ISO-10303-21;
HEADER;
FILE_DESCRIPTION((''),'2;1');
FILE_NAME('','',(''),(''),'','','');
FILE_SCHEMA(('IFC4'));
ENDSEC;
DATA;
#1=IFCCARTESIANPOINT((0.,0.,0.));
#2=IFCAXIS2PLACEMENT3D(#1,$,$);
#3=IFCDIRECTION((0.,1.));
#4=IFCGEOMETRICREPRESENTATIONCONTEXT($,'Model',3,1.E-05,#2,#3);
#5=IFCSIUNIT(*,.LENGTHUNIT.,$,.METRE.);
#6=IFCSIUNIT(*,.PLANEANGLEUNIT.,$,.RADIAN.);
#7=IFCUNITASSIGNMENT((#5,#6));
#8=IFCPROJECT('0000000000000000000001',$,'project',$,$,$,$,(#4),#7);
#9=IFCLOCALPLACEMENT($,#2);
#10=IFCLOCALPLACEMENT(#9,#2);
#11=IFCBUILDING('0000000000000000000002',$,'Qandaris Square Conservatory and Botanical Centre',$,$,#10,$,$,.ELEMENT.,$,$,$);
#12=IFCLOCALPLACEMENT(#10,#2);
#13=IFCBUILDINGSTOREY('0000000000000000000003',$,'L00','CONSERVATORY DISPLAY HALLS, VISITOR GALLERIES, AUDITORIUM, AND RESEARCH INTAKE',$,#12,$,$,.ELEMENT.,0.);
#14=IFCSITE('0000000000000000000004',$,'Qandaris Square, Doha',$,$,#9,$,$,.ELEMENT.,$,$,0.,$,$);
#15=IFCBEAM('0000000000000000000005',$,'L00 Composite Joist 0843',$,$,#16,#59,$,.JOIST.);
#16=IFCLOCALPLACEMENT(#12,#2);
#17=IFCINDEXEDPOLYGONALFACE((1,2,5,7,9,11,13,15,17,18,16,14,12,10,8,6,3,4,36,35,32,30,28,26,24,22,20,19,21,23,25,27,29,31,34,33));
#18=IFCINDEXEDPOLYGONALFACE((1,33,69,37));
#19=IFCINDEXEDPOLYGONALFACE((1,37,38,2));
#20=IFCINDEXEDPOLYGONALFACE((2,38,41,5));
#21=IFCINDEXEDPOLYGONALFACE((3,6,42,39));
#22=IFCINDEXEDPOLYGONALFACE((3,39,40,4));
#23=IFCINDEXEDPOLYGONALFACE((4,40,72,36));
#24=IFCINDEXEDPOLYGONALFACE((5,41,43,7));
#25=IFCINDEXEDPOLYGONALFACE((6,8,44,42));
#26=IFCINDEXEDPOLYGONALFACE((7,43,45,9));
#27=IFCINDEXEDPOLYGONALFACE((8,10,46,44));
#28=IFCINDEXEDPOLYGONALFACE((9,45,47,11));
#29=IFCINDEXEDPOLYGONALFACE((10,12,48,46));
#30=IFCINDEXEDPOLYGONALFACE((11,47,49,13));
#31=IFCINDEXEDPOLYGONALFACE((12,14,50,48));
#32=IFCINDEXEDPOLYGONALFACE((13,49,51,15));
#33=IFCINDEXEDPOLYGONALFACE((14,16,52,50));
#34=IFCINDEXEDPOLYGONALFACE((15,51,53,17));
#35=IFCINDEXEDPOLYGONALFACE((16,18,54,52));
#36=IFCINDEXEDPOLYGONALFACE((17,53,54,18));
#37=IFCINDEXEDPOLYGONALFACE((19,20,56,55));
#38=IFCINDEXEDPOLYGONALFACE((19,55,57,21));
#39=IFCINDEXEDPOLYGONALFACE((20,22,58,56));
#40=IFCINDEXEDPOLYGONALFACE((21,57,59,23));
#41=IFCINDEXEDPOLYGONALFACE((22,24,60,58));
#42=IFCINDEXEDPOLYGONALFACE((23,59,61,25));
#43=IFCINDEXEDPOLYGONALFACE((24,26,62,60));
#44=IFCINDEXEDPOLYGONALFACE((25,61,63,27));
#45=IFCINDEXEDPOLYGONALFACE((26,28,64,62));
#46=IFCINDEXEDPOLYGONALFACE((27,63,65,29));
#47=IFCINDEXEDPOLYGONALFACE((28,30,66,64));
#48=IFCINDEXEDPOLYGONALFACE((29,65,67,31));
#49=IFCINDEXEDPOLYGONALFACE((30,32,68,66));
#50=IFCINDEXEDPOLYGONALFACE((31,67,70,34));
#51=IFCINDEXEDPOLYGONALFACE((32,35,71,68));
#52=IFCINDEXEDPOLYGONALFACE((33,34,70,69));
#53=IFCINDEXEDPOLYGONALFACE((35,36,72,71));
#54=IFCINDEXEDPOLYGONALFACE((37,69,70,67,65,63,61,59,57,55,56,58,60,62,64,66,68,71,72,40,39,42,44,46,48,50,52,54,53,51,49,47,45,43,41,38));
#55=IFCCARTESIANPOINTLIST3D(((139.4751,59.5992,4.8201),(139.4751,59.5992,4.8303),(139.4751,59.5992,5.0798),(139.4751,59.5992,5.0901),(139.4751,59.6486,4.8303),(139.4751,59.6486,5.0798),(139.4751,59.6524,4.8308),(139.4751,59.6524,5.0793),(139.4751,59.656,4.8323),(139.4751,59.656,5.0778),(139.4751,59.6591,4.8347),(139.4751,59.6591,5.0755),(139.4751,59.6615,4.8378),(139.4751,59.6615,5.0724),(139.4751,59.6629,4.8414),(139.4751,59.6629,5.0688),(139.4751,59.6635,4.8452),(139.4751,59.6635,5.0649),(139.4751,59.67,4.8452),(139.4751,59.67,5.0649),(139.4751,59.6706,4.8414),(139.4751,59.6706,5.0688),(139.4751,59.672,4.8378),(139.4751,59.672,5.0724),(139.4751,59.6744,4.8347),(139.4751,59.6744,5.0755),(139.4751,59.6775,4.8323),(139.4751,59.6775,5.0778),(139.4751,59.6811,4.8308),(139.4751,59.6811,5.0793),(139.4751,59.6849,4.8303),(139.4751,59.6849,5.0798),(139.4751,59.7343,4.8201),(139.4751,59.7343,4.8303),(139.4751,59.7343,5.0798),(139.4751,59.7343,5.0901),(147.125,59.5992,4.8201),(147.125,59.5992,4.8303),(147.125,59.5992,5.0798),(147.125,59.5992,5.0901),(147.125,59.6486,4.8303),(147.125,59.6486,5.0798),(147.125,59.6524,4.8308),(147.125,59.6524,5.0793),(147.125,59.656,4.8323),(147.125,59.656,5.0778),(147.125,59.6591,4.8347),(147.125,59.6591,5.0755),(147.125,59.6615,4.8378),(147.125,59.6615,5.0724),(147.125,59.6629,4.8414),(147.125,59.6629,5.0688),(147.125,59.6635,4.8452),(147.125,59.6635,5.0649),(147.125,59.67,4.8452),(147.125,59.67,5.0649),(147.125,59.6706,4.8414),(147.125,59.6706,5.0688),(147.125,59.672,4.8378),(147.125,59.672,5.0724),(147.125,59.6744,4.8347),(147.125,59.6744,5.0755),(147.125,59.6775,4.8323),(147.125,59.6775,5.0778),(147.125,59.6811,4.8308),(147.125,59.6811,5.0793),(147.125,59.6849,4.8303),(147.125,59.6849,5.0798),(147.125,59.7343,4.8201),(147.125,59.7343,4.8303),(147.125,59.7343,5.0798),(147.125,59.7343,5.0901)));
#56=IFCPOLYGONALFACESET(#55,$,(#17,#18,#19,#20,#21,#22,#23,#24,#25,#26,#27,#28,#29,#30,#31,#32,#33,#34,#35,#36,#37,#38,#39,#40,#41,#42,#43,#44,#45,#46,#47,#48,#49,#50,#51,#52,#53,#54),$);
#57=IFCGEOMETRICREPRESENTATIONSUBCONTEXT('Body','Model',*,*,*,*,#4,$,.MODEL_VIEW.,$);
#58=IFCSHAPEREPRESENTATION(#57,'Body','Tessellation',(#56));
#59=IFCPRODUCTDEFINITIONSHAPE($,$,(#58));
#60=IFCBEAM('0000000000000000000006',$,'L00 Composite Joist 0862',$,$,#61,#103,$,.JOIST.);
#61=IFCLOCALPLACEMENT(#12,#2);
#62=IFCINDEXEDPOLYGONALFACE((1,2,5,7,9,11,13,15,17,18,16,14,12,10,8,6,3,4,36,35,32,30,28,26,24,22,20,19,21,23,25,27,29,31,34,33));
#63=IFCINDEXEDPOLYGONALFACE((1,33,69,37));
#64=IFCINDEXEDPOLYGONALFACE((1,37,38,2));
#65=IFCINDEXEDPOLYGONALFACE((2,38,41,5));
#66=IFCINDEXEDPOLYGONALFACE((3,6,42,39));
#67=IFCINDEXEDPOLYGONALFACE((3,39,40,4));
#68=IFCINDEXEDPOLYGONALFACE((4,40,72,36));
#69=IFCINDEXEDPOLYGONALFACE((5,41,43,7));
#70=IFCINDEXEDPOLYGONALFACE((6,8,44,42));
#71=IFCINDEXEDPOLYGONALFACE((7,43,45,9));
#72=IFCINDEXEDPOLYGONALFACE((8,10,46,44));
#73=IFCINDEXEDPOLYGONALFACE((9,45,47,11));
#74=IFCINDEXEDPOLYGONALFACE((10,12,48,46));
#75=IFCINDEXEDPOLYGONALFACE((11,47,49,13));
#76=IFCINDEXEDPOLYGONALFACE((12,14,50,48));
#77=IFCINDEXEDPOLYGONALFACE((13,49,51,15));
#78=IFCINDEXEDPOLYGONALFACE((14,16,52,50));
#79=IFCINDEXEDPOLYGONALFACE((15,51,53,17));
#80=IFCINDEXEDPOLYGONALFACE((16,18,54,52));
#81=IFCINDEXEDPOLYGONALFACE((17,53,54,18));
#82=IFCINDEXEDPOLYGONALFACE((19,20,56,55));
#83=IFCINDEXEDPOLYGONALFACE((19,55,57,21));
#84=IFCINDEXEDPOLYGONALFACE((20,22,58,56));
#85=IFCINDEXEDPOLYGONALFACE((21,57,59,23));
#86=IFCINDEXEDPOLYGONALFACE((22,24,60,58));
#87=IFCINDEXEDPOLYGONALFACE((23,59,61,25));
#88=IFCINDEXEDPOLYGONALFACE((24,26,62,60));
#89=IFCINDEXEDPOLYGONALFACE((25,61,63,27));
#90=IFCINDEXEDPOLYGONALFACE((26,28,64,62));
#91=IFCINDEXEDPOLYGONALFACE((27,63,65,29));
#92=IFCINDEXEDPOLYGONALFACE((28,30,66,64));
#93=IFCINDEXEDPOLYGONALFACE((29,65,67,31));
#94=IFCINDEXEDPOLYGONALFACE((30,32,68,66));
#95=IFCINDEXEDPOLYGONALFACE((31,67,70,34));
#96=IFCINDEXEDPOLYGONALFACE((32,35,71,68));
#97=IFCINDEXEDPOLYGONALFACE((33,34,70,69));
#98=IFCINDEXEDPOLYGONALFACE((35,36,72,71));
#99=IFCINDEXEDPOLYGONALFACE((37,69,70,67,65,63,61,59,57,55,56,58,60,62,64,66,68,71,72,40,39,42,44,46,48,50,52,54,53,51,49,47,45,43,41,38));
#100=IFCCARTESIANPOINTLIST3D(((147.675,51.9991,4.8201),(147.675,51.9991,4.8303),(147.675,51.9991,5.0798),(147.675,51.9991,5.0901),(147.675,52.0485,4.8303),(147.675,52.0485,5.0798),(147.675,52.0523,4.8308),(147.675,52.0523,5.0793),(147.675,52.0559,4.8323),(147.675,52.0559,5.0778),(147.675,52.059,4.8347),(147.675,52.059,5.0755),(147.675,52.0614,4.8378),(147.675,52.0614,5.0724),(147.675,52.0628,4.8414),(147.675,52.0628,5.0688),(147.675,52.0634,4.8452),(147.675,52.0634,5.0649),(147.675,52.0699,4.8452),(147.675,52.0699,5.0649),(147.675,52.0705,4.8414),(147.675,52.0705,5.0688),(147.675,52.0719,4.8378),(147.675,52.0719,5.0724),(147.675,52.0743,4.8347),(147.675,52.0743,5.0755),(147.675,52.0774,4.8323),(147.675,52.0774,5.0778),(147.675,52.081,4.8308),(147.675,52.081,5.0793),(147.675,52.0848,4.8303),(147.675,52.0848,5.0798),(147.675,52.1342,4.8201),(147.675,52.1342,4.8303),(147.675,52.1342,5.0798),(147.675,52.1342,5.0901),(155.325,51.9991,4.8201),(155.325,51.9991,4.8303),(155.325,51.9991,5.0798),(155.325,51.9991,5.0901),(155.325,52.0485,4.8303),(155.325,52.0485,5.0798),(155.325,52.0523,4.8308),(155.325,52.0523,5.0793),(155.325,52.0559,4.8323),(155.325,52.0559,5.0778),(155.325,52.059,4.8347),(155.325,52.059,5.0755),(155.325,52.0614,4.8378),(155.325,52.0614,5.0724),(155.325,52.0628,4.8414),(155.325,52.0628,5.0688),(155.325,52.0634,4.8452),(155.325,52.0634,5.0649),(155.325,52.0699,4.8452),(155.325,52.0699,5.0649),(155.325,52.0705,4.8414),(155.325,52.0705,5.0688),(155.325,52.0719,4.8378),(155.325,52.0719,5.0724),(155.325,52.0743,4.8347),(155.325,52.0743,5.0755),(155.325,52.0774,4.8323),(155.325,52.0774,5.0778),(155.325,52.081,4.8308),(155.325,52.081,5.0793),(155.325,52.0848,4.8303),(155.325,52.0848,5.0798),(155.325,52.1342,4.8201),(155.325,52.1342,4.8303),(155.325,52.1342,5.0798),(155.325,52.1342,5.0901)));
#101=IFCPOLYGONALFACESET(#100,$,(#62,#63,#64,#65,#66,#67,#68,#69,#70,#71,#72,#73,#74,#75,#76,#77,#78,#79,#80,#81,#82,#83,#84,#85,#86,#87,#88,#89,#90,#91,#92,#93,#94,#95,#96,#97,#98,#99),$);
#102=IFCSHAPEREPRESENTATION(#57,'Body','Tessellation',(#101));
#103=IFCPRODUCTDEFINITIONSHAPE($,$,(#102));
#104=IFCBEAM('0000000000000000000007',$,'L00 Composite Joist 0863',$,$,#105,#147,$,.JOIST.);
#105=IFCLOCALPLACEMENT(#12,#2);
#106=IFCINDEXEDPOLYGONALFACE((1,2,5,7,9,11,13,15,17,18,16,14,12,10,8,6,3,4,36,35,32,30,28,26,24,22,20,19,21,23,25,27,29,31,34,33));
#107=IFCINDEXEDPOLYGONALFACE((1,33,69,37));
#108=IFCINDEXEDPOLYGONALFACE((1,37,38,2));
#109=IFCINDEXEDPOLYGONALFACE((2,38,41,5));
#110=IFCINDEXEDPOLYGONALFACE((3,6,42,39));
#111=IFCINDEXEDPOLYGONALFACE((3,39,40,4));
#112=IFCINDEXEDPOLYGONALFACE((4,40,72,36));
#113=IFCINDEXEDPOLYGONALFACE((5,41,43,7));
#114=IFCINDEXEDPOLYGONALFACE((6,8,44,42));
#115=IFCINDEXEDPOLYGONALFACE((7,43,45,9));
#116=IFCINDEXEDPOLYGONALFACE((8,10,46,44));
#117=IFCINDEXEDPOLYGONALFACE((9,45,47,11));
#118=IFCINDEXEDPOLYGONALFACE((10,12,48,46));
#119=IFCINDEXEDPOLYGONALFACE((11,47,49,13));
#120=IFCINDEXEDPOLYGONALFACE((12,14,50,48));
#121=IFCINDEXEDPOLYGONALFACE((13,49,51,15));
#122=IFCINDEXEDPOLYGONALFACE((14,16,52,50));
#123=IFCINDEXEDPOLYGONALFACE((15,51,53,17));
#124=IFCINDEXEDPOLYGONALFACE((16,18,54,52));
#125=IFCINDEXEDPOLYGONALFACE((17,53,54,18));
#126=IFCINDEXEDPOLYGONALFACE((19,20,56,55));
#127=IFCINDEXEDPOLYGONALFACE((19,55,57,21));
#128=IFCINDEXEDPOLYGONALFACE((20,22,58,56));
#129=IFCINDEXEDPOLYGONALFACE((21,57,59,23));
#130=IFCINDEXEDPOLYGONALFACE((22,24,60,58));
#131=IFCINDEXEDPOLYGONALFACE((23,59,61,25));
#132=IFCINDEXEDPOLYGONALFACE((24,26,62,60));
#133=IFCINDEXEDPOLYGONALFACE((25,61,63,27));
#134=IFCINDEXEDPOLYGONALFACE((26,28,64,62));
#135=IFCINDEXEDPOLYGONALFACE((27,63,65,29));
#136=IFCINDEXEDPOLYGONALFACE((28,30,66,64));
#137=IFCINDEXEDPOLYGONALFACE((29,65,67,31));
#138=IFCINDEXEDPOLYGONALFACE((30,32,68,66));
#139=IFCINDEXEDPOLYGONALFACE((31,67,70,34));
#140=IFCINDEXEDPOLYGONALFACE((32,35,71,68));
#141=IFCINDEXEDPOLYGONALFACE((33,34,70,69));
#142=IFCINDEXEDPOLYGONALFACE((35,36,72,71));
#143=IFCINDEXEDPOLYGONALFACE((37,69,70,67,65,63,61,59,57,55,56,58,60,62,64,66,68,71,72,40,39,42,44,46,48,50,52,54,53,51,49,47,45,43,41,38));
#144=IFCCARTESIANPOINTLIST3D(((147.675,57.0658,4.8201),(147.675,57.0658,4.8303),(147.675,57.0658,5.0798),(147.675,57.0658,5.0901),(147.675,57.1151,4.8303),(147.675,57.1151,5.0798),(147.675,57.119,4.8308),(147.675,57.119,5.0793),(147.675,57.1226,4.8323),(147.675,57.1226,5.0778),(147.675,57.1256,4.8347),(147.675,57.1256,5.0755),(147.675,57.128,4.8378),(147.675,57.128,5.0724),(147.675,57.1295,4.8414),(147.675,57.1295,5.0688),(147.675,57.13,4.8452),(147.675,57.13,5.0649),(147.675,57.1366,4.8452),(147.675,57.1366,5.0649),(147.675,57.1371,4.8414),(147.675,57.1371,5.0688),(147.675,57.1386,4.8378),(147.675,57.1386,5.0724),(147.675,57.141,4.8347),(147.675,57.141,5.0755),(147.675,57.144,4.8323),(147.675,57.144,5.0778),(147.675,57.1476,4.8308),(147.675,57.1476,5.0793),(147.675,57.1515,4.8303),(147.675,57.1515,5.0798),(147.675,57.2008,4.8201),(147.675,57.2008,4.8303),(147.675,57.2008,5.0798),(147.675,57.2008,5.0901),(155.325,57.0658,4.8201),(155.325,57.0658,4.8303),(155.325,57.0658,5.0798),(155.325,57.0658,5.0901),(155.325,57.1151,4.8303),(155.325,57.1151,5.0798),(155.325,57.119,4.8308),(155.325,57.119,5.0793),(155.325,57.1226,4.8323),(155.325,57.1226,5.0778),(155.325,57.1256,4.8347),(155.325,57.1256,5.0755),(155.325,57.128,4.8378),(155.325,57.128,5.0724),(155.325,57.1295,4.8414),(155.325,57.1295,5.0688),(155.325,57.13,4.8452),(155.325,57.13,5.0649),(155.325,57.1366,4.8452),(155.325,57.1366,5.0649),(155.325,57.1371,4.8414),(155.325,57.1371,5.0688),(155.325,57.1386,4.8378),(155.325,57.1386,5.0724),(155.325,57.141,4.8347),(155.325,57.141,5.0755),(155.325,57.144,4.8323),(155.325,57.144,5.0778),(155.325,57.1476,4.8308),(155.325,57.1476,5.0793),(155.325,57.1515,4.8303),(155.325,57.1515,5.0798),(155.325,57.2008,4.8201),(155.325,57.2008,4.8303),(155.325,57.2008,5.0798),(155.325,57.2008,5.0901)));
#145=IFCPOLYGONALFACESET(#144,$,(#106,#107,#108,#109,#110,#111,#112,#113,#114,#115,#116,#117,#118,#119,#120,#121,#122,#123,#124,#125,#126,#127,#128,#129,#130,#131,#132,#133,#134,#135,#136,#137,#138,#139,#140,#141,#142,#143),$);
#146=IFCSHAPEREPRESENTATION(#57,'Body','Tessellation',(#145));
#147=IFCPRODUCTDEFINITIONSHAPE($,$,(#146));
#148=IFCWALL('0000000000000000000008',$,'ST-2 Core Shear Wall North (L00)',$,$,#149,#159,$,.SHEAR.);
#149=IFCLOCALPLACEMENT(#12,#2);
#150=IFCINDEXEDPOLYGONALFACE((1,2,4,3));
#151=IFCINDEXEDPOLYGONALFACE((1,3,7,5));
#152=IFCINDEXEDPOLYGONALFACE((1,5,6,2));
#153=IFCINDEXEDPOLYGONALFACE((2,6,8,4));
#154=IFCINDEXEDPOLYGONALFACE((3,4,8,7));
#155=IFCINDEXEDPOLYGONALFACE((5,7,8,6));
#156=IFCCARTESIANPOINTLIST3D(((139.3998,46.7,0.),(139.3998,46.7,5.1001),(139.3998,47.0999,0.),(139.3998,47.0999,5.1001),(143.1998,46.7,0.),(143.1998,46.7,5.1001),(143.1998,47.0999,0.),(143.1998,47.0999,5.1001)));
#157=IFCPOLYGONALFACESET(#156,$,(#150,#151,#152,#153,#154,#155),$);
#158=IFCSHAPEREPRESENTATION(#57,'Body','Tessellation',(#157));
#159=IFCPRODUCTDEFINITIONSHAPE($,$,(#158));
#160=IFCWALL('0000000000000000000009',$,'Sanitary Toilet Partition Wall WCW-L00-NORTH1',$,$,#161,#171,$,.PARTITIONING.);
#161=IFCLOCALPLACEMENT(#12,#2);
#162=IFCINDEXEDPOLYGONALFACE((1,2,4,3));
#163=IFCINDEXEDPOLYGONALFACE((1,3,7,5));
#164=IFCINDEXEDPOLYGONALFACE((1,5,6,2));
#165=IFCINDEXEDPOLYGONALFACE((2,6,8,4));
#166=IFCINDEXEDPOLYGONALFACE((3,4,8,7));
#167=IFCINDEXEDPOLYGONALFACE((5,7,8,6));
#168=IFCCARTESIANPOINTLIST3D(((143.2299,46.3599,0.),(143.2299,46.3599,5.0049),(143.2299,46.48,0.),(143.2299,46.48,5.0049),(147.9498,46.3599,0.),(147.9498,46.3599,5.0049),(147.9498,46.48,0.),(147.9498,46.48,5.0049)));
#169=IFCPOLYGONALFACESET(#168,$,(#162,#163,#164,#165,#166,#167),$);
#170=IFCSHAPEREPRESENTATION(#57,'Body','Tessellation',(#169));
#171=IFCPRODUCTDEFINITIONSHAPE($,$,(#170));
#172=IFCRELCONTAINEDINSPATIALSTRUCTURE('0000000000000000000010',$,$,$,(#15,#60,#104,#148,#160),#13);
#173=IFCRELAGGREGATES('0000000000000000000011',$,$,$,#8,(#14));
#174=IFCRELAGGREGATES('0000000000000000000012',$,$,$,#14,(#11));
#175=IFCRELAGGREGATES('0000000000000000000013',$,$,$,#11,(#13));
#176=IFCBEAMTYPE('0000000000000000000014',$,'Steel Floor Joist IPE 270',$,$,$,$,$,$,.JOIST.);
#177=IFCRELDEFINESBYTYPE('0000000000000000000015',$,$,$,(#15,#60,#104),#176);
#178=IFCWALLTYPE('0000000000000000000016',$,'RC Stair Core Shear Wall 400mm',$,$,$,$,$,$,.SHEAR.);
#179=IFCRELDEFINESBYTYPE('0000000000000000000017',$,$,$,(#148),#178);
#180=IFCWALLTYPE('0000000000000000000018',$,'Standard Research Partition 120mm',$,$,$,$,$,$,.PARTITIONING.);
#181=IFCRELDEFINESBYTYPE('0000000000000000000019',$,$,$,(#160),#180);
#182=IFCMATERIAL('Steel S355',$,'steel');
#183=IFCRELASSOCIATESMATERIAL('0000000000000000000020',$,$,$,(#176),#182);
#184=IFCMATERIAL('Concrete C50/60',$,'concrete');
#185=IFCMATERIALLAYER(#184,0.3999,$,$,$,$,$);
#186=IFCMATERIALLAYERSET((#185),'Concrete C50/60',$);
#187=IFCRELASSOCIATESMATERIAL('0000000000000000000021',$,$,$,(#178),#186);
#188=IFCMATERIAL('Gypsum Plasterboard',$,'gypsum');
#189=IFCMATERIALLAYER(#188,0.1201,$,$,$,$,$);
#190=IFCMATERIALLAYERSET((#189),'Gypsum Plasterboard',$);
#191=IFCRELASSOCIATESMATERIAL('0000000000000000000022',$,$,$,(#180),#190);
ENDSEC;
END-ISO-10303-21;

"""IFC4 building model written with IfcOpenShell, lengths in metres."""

from ifc_helpers import new_model, si_unit, direction, frame, frame_2d, origin, origin_2d, place, context, subcontext, project, spatial, rectangle, i_section, extrude, material, layer, layer_set, material_profile, profile_set, type_object, element, save


model = new_model("IFC4")

# Units and contexts
model_context = context("Model", 3, precision=1e-05, world=origin(), true_north=direction((0.0, 1.0)))
body_context = subcontext(model_context, "Body", "Model", "MODEL_VIEW")
ifc_project = project(units=[si_unit("LENGTHUNIT", "METRE"), si_unit("PLANEANGLEUNIT", "RADIAN")], contexts=[model_context])

# Site, building, storey
site_placement = place(None, origin())
site = spatial("IfcSite", under=ifc_project, at=site_placement, Name="Qandaris Square, Doha", CompositionType="ELEMENT", RefElevation=0.0)
building_placement = place(site_placement, origin())
building = spatial("IfcBuilding", under=site, at=building_placement, Name="Qandaris Square Conservatory and Botanical Centre", CompositionType="ELEMENT")
storey_placement = place(building_placement, origin())
storey = spatial("IfcBuildingStorey", under=building, at=storey_placement, Name="L00", Description="CONSERVATORY DISPLAY HALLS, VISITOR GALLERIES, AUDITORIUM, AND RESEARCH INTAKE", CompositionType="ELEMENT", Elevation=0.0)

# Shared definitions
ifc_material_1 = material(Name="Concrete C50/60", Category="concrete")

# Beams
ifc_material_2 = material(Name="Steel S355", Category="steel")
ifc_material_profile_1 = material_profile(ifc_material_2, i_section(OverallWidth=0.135, OverallDepth=0.27, WebThickness=0.0066, FlangeThickness=0.0103, FilletRadius=0.0149, at=origin_2d()), Name="IPE 270")
ifc_profile_set_1 = profile_set([ifc_material_profile_1], Name="Steel S355")
beam_type_1 = type_object("IfcBeamType", Name="Steel Floor Joist IPE 270", PredefinedType="JOIST", material=ifc_profile_set_1)
for number, where, z_axis, x_axis, name in (
    (1, (139.4751, 59.6667, 4.9551), (1.0, 0.0, 0.0), (0.0, 1.0, 0.0), "L00 Composite Joist 0843"),
    (2, (147.675, 52.0667, 4.9551), (1.0, 0.0, 0.0), (0.0, 1.0, 0.0), "L00 Composite Joist 0862"),
    (3, (147.675, 57.1333, 4.9551), (1.0, 0.0, 0.0), (0.0, 1.0, 0.0), "L00 Composite Joist 0863"),
):
    element("IfcBeam", number, at=place(storey_placement, frame(where, z_axis=z_axis, x_axis=x_axis)), inside=storey, type_object=beam_type_1, Name=name, PredefinedType="JOIST", context=body_context, shape_type="SweptSolid", body=[
        extrude(i_section(OverallWidth=0.135, OverallDepth=0.27, WebThickness=0.0066, FlangeThickness=0.0103, FilletRadius=0.0149, at=origin_2d()), origin(), (0.0, 0.0, 1.0), 7.6499),
    ])

# Walls
ifc_layer_1 = layer(ifc_material_1, 0.3999)
ifc_layer_set_1 = layer_set([ifc_layer_1], Name="Concrete C50/60")
wall_type_1 = type_object("IfcWallType", Name="RC Stair Core Shear Wall 400mm", PredefinedType="SHEAR", material=ifc_layer_set_1)
wall_1_placement = place(storey_placement, frame((139.3999, 46.8999, 0.0), z_axis=(0.0, 0.0, 1.0), x_axis=(1.0, 0.0, 0.0)))
element("IfcWall", 4, at=wall_1_placement, inside=storey, type_object=wall_type_1, Name="ST-2 Core Shear Wall North (L00)", PredefinedType="SHEAR", context=body_context, shape_type="SweptSolid", body=[
    extrude(rectangle(XDim=3.8, YDim=0.3999, at=frame_2d((1.8999, 0.0))), origin(), (0.0, 0.0, 1.0), 5.1001),
])
ifc_material_3 = material(Name="Gypsum Plasterboard", Category="gypsum")
ifc_layer_2 = layer(ifc_material_3, 0.1201)
ifc_layer_set_2 = layer_set([ifc_layer_2], Name="Gypsum Plasterboard")
wall_type_2 = type_object("IfcWallType", Name="Standard Research Partition 120mm", PredefinedType="PARTITIONING", material=ifc_layer_set_2)
wall_2_placement = place(storey_placement, frame((143.23, 46.4199, 0.0), z_axis=(0.0, 0.0, 1.0), x_axis=(1.0, 0.0, 0.0)))
element("IfcWall", 5, at=wall_2_placement, inside=storey, type_object=wall_type_2, Name="Sanitary Toilet Partition Wall WCW-L00-NORTH1", PredefinedType="PARTITIONING", context=body_context, shape_type="SweptSolid", body=[
    extrude(rectangle(XDim=4.72, YDim=0.1201, at=frame_2d((2.3599, 0.0))), origin(), (0.0, 0.0, 1.0), 5.0049),
])

save(model, "model.ifc")
